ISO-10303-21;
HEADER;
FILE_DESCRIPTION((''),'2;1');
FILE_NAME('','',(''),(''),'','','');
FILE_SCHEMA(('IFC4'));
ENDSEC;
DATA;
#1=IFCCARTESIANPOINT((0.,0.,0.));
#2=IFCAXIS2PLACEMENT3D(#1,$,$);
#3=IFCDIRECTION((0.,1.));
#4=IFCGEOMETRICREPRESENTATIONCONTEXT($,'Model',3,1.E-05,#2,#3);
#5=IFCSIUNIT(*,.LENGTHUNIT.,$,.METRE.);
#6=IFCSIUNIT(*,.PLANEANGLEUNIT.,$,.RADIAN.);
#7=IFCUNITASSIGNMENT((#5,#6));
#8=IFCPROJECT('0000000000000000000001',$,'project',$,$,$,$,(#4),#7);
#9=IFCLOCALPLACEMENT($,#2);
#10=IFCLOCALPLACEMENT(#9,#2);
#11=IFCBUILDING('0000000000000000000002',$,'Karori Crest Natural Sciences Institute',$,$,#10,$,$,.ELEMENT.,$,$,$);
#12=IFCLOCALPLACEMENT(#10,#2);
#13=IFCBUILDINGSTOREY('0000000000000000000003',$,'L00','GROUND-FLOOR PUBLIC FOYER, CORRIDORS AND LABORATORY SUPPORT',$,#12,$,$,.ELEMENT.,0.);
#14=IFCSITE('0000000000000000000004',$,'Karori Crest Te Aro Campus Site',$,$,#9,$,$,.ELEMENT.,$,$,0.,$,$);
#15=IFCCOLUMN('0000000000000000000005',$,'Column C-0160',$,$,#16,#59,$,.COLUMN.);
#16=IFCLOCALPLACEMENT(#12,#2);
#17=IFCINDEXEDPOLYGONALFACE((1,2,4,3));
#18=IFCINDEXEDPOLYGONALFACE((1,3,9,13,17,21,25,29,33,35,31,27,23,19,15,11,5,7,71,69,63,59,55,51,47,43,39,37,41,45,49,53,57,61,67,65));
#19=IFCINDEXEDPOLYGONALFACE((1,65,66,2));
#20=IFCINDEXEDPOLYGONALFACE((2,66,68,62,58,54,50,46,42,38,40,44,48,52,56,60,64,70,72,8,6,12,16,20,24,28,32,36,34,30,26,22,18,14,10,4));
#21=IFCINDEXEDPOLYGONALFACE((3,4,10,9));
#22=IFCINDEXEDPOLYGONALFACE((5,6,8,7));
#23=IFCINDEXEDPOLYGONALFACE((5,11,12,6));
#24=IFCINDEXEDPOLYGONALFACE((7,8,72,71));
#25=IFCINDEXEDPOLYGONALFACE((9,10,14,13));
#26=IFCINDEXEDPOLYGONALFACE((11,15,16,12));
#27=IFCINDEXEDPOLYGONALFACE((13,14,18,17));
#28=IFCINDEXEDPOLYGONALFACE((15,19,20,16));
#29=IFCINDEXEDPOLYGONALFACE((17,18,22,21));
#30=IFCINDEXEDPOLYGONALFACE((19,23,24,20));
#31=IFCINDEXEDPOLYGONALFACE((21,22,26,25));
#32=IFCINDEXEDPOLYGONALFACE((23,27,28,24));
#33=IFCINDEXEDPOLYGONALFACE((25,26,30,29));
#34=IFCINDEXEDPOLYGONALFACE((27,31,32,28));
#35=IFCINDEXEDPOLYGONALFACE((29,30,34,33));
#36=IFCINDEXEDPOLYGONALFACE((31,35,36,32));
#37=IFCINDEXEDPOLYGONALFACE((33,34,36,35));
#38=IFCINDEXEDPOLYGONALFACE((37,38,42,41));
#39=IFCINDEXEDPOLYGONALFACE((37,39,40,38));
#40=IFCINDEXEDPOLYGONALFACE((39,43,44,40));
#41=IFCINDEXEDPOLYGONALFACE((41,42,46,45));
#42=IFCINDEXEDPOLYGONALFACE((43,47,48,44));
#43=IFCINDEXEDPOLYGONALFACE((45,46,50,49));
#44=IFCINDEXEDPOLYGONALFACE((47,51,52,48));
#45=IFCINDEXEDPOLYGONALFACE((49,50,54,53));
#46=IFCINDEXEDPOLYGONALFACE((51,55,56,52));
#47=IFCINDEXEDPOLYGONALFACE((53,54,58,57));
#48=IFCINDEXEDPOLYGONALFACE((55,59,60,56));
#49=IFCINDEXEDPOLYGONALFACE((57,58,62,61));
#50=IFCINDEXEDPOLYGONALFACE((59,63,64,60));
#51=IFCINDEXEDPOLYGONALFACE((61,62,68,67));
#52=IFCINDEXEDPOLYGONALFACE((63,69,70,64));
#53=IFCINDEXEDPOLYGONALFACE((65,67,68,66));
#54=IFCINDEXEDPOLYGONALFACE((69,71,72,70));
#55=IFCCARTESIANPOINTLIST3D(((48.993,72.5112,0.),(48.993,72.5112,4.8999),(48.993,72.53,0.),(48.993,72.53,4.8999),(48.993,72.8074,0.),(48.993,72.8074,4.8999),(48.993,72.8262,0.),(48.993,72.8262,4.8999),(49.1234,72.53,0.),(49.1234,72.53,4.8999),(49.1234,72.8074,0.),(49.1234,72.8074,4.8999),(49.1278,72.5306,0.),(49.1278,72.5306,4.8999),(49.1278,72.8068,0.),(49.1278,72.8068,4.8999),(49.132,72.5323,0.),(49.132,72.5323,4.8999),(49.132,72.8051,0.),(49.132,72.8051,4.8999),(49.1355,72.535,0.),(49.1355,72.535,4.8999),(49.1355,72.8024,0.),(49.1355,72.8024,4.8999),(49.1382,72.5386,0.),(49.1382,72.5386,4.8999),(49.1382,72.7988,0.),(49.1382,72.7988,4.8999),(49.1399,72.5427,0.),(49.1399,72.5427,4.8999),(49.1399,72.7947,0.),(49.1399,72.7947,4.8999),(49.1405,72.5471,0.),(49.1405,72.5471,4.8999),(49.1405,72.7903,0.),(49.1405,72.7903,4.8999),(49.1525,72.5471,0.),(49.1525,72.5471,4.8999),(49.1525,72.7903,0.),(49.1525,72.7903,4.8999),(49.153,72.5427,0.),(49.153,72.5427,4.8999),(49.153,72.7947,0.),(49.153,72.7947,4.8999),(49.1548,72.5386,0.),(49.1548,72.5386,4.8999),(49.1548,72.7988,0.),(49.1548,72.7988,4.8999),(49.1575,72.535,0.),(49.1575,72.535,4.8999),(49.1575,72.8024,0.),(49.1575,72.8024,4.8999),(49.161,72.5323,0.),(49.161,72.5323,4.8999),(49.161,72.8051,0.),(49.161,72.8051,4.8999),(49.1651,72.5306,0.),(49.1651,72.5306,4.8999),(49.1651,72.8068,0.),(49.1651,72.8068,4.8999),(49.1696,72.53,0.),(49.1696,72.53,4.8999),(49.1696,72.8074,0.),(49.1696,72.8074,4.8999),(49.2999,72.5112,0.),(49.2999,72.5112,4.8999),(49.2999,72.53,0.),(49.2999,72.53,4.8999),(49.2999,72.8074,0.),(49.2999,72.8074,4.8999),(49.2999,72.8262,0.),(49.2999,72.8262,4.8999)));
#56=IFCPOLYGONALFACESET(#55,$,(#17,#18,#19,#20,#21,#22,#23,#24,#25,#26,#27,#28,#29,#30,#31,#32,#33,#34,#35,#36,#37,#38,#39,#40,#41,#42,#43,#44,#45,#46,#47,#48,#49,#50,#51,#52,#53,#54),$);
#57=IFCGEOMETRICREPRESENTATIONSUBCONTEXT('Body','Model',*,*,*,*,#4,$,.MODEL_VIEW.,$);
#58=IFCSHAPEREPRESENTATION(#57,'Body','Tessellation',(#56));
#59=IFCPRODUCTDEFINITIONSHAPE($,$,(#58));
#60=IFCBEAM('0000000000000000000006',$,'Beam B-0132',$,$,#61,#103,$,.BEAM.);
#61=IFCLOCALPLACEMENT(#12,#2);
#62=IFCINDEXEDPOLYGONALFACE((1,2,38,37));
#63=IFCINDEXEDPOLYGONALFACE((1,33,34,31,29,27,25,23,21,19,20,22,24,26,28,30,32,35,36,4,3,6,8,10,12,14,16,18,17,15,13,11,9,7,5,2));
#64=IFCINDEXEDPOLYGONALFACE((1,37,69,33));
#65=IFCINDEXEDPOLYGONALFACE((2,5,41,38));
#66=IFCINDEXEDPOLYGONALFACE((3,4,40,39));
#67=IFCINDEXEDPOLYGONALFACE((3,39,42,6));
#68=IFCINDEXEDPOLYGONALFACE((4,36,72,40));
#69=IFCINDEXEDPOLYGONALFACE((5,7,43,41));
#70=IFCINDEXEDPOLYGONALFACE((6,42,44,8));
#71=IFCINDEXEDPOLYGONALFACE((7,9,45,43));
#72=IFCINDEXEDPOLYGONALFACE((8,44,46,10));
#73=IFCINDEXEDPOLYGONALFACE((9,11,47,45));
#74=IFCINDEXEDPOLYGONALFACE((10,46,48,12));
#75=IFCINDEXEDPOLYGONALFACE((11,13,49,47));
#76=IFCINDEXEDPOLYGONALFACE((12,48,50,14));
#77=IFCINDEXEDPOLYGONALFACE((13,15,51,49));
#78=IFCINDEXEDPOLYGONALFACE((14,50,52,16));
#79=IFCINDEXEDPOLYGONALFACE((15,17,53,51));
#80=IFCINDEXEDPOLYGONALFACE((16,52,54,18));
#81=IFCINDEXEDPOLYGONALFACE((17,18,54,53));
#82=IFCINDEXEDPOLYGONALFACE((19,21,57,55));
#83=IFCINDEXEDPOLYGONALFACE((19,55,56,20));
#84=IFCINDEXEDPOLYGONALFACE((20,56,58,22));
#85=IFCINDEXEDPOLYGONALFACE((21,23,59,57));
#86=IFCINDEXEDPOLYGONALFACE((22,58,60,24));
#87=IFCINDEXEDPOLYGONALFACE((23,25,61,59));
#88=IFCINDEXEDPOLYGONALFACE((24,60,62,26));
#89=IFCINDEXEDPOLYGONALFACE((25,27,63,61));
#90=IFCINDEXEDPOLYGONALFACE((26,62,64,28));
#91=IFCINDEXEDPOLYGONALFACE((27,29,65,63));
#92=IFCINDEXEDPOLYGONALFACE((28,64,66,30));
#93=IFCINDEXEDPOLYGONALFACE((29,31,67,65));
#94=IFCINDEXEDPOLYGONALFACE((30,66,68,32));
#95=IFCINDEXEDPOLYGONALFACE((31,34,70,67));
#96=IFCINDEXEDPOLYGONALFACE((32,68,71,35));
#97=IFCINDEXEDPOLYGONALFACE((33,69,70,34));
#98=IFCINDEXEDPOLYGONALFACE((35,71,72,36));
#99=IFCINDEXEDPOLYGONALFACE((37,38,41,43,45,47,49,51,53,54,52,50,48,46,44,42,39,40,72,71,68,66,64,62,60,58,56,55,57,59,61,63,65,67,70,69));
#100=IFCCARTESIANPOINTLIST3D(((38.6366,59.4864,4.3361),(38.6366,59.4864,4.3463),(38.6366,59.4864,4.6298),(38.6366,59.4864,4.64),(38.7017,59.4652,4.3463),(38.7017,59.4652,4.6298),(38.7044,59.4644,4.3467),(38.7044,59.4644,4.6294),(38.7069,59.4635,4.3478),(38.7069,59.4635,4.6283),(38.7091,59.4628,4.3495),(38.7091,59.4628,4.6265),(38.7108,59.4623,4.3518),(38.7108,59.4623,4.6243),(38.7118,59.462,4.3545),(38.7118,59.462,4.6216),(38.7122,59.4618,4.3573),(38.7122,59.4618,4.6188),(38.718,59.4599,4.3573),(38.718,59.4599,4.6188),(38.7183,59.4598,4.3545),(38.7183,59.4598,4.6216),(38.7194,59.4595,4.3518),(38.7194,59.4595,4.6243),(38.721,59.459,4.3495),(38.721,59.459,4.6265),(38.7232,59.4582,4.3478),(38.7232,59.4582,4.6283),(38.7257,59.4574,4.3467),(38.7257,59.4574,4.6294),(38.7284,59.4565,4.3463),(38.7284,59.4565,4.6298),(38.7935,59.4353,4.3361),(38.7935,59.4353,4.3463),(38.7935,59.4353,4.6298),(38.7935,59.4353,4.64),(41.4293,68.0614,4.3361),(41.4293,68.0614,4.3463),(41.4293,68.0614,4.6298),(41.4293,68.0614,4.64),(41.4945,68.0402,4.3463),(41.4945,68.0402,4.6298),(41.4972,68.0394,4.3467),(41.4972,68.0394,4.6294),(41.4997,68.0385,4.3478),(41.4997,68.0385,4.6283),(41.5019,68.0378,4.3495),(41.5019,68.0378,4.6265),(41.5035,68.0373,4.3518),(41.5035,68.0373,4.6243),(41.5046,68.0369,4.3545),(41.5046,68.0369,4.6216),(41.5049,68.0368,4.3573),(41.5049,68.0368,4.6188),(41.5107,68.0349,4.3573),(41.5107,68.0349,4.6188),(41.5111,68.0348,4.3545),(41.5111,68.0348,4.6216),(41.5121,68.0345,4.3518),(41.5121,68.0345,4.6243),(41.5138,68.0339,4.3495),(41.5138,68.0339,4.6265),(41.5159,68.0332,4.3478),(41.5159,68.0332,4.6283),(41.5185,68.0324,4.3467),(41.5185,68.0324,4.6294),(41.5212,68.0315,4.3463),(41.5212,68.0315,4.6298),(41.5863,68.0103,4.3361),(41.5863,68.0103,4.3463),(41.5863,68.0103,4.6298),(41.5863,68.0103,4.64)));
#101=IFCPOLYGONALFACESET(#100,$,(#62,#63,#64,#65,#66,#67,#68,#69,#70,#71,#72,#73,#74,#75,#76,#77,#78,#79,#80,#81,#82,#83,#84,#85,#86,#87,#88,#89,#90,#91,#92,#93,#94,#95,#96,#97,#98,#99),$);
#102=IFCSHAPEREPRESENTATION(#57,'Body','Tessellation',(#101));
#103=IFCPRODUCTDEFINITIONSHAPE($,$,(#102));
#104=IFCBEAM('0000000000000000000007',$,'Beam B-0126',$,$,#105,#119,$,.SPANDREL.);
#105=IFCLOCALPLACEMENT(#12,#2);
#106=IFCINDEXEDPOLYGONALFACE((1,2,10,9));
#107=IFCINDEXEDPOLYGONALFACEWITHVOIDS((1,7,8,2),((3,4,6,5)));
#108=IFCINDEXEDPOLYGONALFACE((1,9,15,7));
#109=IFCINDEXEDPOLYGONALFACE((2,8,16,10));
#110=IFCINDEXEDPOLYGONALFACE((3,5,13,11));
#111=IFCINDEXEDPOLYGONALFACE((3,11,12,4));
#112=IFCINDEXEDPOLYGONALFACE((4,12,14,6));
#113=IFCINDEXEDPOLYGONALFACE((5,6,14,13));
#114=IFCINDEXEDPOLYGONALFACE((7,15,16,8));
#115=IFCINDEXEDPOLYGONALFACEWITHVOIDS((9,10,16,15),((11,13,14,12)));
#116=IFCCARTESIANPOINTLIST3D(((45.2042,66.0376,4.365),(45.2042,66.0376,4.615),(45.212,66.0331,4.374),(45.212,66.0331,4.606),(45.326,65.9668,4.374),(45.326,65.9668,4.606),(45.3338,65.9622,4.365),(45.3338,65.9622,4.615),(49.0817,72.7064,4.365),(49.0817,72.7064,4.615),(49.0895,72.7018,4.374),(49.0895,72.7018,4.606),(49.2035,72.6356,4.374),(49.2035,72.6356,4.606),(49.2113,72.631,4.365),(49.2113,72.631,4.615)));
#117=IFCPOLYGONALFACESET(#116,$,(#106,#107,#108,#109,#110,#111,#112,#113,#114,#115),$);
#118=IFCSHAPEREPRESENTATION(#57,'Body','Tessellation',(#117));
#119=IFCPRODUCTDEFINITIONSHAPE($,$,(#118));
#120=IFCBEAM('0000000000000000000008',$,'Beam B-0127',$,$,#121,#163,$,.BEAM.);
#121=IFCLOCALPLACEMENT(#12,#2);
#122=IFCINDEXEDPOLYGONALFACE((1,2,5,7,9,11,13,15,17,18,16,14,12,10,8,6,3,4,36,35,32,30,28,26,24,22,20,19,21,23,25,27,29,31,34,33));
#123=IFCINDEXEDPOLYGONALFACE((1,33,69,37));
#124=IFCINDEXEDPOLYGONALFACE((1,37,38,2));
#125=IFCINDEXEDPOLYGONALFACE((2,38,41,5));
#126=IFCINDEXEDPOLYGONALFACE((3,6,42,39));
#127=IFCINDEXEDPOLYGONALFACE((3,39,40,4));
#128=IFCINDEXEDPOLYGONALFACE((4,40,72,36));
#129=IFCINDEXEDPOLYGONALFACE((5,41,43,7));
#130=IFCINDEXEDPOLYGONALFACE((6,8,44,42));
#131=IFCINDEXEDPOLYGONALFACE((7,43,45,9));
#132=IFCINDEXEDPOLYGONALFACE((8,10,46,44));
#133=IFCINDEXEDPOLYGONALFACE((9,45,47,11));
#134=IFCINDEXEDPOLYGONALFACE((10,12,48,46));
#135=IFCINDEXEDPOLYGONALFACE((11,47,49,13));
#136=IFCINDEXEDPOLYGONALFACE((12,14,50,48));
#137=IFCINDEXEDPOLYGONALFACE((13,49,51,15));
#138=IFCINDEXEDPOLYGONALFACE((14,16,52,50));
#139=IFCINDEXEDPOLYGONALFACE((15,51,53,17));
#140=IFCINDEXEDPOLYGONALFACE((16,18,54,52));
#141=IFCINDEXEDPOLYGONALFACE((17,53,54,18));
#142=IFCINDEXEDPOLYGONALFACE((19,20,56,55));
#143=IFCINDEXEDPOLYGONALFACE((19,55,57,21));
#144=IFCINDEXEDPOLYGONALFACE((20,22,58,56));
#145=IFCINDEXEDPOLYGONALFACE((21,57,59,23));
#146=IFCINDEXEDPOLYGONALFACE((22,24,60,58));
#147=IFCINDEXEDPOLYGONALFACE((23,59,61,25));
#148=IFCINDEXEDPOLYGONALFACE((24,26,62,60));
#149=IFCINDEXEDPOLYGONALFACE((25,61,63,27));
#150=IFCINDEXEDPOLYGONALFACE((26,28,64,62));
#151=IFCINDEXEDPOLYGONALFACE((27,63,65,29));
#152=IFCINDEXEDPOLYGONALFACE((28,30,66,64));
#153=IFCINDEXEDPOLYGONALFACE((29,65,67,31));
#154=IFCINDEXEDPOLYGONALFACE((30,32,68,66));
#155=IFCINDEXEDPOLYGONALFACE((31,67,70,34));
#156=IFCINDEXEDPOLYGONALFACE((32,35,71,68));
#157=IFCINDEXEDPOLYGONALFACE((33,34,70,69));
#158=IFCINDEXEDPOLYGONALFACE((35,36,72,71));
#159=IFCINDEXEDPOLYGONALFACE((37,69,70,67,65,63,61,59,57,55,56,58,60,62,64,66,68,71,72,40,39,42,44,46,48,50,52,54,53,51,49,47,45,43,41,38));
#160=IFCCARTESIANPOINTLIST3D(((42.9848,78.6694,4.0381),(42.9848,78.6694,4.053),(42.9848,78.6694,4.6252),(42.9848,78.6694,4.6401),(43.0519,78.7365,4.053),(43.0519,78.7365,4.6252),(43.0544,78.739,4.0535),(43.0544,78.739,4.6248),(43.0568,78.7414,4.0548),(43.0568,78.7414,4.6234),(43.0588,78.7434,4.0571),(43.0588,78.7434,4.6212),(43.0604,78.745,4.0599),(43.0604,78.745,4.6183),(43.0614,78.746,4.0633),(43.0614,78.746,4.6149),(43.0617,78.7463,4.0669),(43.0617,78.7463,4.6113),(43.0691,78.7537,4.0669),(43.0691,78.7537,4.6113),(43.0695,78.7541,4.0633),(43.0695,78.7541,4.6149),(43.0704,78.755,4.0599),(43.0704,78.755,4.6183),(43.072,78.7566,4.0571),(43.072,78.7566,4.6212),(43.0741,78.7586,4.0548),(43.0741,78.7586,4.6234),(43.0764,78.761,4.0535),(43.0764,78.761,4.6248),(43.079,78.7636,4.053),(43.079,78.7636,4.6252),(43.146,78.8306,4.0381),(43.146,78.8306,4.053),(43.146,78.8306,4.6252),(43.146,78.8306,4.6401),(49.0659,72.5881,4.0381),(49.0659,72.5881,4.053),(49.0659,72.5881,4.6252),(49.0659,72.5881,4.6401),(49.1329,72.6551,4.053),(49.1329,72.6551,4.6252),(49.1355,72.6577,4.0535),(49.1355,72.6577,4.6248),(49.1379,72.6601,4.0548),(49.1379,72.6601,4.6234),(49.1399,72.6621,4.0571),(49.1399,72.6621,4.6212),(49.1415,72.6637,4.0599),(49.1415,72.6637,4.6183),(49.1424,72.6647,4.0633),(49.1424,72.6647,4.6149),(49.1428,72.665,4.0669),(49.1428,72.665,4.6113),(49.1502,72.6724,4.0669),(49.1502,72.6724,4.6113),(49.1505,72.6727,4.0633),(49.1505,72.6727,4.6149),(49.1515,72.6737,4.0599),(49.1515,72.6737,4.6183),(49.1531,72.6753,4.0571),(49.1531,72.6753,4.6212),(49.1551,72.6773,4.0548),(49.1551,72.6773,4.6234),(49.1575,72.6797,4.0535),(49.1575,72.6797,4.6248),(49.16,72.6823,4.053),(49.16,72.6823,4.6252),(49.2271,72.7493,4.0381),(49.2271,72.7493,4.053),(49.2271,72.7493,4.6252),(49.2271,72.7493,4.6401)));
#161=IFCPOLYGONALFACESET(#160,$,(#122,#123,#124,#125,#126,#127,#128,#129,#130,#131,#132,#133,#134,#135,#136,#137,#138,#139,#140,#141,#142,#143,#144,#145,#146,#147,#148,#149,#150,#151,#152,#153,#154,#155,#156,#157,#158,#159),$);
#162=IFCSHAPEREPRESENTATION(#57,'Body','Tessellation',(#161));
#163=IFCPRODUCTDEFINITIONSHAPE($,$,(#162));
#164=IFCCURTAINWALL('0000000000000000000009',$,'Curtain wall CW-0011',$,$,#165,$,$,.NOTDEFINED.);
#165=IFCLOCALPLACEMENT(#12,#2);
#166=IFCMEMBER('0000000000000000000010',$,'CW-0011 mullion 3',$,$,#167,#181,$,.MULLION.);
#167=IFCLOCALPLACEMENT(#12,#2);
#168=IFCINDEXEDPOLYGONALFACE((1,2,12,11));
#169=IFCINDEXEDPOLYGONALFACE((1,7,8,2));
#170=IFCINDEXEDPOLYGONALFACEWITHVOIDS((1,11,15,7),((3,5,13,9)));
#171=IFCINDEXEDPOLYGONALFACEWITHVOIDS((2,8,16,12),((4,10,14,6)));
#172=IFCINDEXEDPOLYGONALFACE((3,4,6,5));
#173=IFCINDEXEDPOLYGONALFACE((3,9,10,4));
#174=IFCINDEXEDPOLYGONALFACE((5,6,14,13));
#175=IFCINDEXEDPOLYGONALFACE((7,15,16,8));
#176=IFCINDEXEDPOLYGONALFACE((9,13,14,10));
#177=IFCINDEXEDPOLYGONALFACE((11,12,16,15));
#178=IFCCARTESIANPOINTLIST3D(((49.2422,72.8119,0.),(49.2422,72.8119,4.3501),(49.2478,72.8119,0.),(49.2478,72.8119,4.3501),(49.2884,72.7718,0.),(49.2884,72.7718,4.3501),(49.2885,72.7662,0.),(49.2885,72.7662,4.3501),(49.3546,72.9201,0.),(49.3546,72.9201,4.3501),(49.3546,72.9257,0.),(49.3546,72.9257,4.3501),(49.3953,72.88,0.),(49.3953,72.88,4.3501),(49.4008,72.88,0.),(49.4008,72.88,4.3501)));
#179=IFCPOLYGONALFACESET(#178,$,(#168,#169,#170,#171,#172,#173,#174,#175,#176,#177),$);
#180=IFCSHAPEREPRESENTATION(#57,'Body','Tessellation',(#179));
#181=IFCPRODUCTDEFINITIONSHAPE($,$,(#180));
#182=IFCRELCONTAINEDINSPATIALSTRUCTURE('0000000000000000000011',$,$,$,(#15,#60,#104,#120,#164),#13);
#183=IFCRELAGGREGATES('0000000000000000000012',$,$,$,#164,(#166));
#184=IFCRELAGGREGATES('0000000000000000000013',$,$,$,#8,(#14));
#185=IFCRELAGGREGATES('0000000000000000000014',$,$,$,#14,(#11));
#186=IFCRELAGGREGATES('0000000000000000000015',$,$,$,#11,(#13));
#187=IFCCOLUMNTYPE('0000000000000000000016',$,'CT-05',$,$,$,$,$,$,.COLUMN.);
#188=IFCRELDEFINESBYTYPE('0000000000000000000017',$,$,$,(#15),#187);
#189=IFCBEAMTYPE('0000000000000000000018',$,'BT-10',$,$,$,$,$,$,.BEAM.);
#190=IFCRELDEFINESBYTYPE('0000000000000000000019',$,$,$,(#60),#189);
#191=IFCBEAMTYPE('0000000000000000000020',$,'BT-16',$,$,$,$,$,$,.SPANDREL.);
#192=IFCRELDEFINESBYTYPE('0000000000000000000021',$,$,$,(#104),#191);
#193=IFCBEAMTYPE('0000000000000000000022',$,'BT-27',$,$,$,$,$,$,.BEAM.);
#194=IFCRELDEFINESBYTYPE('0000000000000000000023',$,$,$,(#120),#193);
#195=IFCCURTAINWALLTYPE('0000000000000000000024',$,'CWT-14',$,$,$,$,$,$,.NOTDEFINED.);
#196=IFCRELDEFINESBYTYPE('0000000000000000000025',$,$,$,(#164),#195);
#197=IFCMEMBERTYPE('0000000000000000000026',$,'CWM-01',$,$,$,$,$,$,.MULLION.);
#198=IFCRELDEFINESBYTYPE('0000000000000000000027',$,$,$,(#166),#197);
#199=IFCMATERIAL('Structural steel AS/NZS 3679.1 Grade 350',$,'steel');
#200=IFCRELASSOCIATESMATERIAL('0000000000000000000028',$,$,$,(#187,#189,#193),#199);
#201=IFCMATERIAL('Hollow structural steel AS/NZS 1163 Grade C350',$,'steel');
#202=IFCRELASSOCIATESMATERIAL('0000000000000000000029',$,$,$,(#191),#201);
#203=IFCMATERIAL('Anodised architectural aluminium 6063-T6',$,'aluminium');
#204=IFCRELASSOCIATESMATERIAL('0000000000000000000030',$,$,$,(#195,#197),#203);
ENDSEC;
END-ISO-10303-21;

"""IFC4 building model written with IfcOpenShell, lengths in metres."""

from ifc_helpers import new_model, si_unit, direction, frame, origin, origin_2d, place, context, subcontext, project, spatial, hollow_rectangle, i_section, extrude, material, material_profile, profile_set, type_object, element, aggregate, save


model = new_model("IFC4")

# Units and contexts
model_context = context("Model", 3, precision=1e-05, world=origin(), true_north=direction((0.0, 1.0)))
body_context = subcontext(model_context, "Body", "Model", "MODEL_VIEW")
ifc_project = project(units=[si_unit("LENGTHUNIT", "METRE"), si_unit("PLANEANGLEUNIT", "RADIAN")], contexts=[model_context])

# Site, building, storey
site_placement = place(None, origin())
site = spatial("IfcSite", under=ifc_project, at=site_placement, Name="Karori Crest Te Aro Campus Site", CompositionType="ELEMENT", RefElevation=0.0)
building_placement = place(site_placement, origin())
building = spatial("IfcBuilding", under=site, at=building_placement, Name="Karori Crest Natural Sciences Institute", CompositionType="ELEMENT")
storey_placement = place(building_placement, origin())
storey = spatial("IfcBuildingStorey", under=building, at=storey_placement, Name="L00", Description="GROUND-FLOOR PUBLIC FOYER, CORRIDORS AND LABORATORY SUPPORT", CompositionType="ELEMENT", Elevation=0.0)

# Column
ifc_material_1 = material(Name="Structural steel AS/NZS 3679.1 Grade 350", Category="steel")
ifc_material_profile_1 = material_profile(ifc_material_1, i_section(OverallWidth=0.3069, OverallDepth=0.3149, WebThickness=0.012, FlangeThickness=0.0188, FilletRadius=0.0171, at=origin_2d()), Name="310UC118")
ifc_profile_set_1 = profile_set([ifc_material_profile_1], Name="Structural steel AS/NZS 3679.1 Grade 350")
column_type = type_object("IfcColumnType", Name="CT-05", PredefinedType="COLUMN", material=ifc_profile_set_1)
column_placement = place(storey_placement, frame((49.1465, 72.6687, 0.0), z_axis=(0.0, 0.0, 1.0), x_axis=(1.0, 0.0, 0.0)))
element("IfcColumn", 1, at=column_placement, inside=storey, type_object=column_type, Name="Column C-0160", PredefinedType="COLUMN", context=body_context, shape_type="SweptSolid", body=[
    extrude(i_section(OverallWidth=0.3069, OverallDepth=0.3149, WebThickness=0.012, FlangeThickness=0.0188, FilletRadius=0.0171, at=origin_2d()), origin(), (0.0, 0.0, 1.0), 4.8999),
])

# Beams
ifc_material_profile_2 = material_profile(ifc_material_1, i_section(OverallWidth=0.165, OverallDepth=0.304, WebThickness=0.0061, FlangeThickness=0.0103, FilletRadius=0.011, at=origin_2d()), Name="310UB40.4")
ifc_profile_set_2 = profile_set([ifc_material_profile_2], Name="Structural steel AS/NZS 3679.1 Grade 350")
beam_type_1 = type_object("IfcBeamType", Name="BT-10", PredefinedType="BEAM", material=ifc_profile_set_2)
beam_1_placement = place(storey_placement, frame((41.5078, 68.0359, 4.488), z_axis=(-0.309674, -0.950843, 0.0), x_axis=(0.950843, -0.309674, 0.0)))
element("IfcBeam", 2, at=beam_1_placement, inside=storey, type_object=beam_type_1, Name="Beam B-0132", PredefinedType="BEAM", context=body_context, shape_type="SweptSolid", body=[
    extrude(i_section(OverallWidth=0.165, OverallDepth=0.304, WebThickness=0.0061, FlangeThickness=0.0103, FilletRadius=0.011, at=origin_2d()), origin(), (0.0, 0.0, 1.0), 9.0183),
])
ifc_material_2 = material(Name="Hollow structural steel AS/NZS 1163 Grade C350", Category="steel")
ifc_material_profile_3 = material_profile(ifc_material_2, hollow_rectangle(XDim=0.1499, YDim=0.25, WallThickness=0.009, at=origin_2d()), Name="RHS250x150x9")
ifc_profile_set_3 = profile_set([ifc_material_profile_3], Name="Hollow structural steel AS/NZS 1163 Grade C350")
beam_type_2 = type_object("IfcBeamType", Name="BT-16", PredefinedType="SPANDREL", material=ifc_profile_set_3)
beam_2_placement = place(storey_placement, frame((49.1465, 72.6687, 4.49), z_axis=(-0.502649, -0.864491, 0.0), x_axis=(0.864491, -0.502649, 0.0)))
element("IfcBeam", 3, at=beam_2_placement, inside=storey, type_object=beam_type_2, Name="Beam B-0126", PredefinedType="SPANDREL", context=body_context, shape_type="SweptSolid", body=[
    extrude(hollow_rectangle(XDim=0.1499, YDim=0.25, WallThickness=0.009, at=origin_2d()), origin(), (0.0, 0.0, 1.0), 7.7141),
])
ifc_material_profile_4 = material_profile(ifc_material_1, i_section(OverallWidth=0.228, OverallDepth=0.6021, WebThickness=0.0105, FlangeThickness=0.0149, FilletRadius=0.0139, at=origin_2d()), Name="610UB101")
ifc_profile_set_4 = profile_set([ifc_material_profile_4], Name="Structural steel AS/NZS 3679.1 Grade 350")
beam_type_3 = type_object("IfcBeamType", Name="BT-27", PredefinedType="BEAM", material=ifc_profile_set_4)
beam_3_placement = place(storey_placement, frame((49.1465, 72.6687, 4.3391), z_axis=(-0.707093, 0.707121, 0.0), x_axis=(-0.707121, -0.707093, 0.0)))
element("IfcBeam", 4, at=beam_3_placement, inside=storey, type_object=beam_type_3, Name="Beam B-0127", PredefinedType="BEAM", context=body_context, shape_type="SweptSolid", body=[
    extrude(i_section(OverallWidth=0.228, OverallDepth=0.6021, WebThickness=0.0105, FlangeThickness=0.0149, FilletRadius=0.0139, at=origin_2d()), origin(), (0.0, 0.0, 1.0), 8.6001),
])

# Curtain wall, member
ifc_material_3 = material(Name="Anodised architectural aluminium 6063-T6", Category="aluminium")
curtain_wall_type_1 = type_object("IfcCurtainWallType", Name="CWT-14", PredefinedType="NOTDEFINED", material=ifc_material_3)
curtain_wall_1_placement = place(storey_placement, origin())
curtain_wall_1 = element("IfcCurtainWall", 5, at=curtain_wall_1_placement, inside=storey, type_object=curtain_wall_type_1, Name="Curtain wall CW-0011", PredefinedType="NOTDEFINED")
ifc_material_profile_5 = material_profile(ifc_material_3, hollow_rectangle(XDim=0.0649, YDim=0.1599, WallThickness=0.0039, at=origin_2d()), Name="CWM160x65x4")
ifc_profile_set_5 = profile_set([ifc_material_profile_5], Name="Anodised architectural aluminium 6063-T6")
member_type_1 = type_object("IfcMemberType", Name="CWM-01", PredefinedType="MULLION", material=ifc_profile_set_5)
member_1_placement = place(storey_placement, frame((49.3215, 72.8459, 0.0), z_axis=(0.0, 0.0, 1.0), x_axis=(0.711529, -0.702656, 0.0)))
member_1 = element("IfcMember", 6, at=member_1_placement, type_object=member_type_1, Name="CW-0011 mullion 3", PredefinedType="MULLION", context=body_context, shape_type="SweptSolid", body=[
    extrude(hollow_rectangle(XDim=0.0649, YDim=0.1599, WallThickness=0.0039, at=origin_2d()), origin(), (0.0, 0.0, 1.0), 4.3501),
])
aggregate(curtain_wall_1, [member_1])

save(model, "model.ifc")
